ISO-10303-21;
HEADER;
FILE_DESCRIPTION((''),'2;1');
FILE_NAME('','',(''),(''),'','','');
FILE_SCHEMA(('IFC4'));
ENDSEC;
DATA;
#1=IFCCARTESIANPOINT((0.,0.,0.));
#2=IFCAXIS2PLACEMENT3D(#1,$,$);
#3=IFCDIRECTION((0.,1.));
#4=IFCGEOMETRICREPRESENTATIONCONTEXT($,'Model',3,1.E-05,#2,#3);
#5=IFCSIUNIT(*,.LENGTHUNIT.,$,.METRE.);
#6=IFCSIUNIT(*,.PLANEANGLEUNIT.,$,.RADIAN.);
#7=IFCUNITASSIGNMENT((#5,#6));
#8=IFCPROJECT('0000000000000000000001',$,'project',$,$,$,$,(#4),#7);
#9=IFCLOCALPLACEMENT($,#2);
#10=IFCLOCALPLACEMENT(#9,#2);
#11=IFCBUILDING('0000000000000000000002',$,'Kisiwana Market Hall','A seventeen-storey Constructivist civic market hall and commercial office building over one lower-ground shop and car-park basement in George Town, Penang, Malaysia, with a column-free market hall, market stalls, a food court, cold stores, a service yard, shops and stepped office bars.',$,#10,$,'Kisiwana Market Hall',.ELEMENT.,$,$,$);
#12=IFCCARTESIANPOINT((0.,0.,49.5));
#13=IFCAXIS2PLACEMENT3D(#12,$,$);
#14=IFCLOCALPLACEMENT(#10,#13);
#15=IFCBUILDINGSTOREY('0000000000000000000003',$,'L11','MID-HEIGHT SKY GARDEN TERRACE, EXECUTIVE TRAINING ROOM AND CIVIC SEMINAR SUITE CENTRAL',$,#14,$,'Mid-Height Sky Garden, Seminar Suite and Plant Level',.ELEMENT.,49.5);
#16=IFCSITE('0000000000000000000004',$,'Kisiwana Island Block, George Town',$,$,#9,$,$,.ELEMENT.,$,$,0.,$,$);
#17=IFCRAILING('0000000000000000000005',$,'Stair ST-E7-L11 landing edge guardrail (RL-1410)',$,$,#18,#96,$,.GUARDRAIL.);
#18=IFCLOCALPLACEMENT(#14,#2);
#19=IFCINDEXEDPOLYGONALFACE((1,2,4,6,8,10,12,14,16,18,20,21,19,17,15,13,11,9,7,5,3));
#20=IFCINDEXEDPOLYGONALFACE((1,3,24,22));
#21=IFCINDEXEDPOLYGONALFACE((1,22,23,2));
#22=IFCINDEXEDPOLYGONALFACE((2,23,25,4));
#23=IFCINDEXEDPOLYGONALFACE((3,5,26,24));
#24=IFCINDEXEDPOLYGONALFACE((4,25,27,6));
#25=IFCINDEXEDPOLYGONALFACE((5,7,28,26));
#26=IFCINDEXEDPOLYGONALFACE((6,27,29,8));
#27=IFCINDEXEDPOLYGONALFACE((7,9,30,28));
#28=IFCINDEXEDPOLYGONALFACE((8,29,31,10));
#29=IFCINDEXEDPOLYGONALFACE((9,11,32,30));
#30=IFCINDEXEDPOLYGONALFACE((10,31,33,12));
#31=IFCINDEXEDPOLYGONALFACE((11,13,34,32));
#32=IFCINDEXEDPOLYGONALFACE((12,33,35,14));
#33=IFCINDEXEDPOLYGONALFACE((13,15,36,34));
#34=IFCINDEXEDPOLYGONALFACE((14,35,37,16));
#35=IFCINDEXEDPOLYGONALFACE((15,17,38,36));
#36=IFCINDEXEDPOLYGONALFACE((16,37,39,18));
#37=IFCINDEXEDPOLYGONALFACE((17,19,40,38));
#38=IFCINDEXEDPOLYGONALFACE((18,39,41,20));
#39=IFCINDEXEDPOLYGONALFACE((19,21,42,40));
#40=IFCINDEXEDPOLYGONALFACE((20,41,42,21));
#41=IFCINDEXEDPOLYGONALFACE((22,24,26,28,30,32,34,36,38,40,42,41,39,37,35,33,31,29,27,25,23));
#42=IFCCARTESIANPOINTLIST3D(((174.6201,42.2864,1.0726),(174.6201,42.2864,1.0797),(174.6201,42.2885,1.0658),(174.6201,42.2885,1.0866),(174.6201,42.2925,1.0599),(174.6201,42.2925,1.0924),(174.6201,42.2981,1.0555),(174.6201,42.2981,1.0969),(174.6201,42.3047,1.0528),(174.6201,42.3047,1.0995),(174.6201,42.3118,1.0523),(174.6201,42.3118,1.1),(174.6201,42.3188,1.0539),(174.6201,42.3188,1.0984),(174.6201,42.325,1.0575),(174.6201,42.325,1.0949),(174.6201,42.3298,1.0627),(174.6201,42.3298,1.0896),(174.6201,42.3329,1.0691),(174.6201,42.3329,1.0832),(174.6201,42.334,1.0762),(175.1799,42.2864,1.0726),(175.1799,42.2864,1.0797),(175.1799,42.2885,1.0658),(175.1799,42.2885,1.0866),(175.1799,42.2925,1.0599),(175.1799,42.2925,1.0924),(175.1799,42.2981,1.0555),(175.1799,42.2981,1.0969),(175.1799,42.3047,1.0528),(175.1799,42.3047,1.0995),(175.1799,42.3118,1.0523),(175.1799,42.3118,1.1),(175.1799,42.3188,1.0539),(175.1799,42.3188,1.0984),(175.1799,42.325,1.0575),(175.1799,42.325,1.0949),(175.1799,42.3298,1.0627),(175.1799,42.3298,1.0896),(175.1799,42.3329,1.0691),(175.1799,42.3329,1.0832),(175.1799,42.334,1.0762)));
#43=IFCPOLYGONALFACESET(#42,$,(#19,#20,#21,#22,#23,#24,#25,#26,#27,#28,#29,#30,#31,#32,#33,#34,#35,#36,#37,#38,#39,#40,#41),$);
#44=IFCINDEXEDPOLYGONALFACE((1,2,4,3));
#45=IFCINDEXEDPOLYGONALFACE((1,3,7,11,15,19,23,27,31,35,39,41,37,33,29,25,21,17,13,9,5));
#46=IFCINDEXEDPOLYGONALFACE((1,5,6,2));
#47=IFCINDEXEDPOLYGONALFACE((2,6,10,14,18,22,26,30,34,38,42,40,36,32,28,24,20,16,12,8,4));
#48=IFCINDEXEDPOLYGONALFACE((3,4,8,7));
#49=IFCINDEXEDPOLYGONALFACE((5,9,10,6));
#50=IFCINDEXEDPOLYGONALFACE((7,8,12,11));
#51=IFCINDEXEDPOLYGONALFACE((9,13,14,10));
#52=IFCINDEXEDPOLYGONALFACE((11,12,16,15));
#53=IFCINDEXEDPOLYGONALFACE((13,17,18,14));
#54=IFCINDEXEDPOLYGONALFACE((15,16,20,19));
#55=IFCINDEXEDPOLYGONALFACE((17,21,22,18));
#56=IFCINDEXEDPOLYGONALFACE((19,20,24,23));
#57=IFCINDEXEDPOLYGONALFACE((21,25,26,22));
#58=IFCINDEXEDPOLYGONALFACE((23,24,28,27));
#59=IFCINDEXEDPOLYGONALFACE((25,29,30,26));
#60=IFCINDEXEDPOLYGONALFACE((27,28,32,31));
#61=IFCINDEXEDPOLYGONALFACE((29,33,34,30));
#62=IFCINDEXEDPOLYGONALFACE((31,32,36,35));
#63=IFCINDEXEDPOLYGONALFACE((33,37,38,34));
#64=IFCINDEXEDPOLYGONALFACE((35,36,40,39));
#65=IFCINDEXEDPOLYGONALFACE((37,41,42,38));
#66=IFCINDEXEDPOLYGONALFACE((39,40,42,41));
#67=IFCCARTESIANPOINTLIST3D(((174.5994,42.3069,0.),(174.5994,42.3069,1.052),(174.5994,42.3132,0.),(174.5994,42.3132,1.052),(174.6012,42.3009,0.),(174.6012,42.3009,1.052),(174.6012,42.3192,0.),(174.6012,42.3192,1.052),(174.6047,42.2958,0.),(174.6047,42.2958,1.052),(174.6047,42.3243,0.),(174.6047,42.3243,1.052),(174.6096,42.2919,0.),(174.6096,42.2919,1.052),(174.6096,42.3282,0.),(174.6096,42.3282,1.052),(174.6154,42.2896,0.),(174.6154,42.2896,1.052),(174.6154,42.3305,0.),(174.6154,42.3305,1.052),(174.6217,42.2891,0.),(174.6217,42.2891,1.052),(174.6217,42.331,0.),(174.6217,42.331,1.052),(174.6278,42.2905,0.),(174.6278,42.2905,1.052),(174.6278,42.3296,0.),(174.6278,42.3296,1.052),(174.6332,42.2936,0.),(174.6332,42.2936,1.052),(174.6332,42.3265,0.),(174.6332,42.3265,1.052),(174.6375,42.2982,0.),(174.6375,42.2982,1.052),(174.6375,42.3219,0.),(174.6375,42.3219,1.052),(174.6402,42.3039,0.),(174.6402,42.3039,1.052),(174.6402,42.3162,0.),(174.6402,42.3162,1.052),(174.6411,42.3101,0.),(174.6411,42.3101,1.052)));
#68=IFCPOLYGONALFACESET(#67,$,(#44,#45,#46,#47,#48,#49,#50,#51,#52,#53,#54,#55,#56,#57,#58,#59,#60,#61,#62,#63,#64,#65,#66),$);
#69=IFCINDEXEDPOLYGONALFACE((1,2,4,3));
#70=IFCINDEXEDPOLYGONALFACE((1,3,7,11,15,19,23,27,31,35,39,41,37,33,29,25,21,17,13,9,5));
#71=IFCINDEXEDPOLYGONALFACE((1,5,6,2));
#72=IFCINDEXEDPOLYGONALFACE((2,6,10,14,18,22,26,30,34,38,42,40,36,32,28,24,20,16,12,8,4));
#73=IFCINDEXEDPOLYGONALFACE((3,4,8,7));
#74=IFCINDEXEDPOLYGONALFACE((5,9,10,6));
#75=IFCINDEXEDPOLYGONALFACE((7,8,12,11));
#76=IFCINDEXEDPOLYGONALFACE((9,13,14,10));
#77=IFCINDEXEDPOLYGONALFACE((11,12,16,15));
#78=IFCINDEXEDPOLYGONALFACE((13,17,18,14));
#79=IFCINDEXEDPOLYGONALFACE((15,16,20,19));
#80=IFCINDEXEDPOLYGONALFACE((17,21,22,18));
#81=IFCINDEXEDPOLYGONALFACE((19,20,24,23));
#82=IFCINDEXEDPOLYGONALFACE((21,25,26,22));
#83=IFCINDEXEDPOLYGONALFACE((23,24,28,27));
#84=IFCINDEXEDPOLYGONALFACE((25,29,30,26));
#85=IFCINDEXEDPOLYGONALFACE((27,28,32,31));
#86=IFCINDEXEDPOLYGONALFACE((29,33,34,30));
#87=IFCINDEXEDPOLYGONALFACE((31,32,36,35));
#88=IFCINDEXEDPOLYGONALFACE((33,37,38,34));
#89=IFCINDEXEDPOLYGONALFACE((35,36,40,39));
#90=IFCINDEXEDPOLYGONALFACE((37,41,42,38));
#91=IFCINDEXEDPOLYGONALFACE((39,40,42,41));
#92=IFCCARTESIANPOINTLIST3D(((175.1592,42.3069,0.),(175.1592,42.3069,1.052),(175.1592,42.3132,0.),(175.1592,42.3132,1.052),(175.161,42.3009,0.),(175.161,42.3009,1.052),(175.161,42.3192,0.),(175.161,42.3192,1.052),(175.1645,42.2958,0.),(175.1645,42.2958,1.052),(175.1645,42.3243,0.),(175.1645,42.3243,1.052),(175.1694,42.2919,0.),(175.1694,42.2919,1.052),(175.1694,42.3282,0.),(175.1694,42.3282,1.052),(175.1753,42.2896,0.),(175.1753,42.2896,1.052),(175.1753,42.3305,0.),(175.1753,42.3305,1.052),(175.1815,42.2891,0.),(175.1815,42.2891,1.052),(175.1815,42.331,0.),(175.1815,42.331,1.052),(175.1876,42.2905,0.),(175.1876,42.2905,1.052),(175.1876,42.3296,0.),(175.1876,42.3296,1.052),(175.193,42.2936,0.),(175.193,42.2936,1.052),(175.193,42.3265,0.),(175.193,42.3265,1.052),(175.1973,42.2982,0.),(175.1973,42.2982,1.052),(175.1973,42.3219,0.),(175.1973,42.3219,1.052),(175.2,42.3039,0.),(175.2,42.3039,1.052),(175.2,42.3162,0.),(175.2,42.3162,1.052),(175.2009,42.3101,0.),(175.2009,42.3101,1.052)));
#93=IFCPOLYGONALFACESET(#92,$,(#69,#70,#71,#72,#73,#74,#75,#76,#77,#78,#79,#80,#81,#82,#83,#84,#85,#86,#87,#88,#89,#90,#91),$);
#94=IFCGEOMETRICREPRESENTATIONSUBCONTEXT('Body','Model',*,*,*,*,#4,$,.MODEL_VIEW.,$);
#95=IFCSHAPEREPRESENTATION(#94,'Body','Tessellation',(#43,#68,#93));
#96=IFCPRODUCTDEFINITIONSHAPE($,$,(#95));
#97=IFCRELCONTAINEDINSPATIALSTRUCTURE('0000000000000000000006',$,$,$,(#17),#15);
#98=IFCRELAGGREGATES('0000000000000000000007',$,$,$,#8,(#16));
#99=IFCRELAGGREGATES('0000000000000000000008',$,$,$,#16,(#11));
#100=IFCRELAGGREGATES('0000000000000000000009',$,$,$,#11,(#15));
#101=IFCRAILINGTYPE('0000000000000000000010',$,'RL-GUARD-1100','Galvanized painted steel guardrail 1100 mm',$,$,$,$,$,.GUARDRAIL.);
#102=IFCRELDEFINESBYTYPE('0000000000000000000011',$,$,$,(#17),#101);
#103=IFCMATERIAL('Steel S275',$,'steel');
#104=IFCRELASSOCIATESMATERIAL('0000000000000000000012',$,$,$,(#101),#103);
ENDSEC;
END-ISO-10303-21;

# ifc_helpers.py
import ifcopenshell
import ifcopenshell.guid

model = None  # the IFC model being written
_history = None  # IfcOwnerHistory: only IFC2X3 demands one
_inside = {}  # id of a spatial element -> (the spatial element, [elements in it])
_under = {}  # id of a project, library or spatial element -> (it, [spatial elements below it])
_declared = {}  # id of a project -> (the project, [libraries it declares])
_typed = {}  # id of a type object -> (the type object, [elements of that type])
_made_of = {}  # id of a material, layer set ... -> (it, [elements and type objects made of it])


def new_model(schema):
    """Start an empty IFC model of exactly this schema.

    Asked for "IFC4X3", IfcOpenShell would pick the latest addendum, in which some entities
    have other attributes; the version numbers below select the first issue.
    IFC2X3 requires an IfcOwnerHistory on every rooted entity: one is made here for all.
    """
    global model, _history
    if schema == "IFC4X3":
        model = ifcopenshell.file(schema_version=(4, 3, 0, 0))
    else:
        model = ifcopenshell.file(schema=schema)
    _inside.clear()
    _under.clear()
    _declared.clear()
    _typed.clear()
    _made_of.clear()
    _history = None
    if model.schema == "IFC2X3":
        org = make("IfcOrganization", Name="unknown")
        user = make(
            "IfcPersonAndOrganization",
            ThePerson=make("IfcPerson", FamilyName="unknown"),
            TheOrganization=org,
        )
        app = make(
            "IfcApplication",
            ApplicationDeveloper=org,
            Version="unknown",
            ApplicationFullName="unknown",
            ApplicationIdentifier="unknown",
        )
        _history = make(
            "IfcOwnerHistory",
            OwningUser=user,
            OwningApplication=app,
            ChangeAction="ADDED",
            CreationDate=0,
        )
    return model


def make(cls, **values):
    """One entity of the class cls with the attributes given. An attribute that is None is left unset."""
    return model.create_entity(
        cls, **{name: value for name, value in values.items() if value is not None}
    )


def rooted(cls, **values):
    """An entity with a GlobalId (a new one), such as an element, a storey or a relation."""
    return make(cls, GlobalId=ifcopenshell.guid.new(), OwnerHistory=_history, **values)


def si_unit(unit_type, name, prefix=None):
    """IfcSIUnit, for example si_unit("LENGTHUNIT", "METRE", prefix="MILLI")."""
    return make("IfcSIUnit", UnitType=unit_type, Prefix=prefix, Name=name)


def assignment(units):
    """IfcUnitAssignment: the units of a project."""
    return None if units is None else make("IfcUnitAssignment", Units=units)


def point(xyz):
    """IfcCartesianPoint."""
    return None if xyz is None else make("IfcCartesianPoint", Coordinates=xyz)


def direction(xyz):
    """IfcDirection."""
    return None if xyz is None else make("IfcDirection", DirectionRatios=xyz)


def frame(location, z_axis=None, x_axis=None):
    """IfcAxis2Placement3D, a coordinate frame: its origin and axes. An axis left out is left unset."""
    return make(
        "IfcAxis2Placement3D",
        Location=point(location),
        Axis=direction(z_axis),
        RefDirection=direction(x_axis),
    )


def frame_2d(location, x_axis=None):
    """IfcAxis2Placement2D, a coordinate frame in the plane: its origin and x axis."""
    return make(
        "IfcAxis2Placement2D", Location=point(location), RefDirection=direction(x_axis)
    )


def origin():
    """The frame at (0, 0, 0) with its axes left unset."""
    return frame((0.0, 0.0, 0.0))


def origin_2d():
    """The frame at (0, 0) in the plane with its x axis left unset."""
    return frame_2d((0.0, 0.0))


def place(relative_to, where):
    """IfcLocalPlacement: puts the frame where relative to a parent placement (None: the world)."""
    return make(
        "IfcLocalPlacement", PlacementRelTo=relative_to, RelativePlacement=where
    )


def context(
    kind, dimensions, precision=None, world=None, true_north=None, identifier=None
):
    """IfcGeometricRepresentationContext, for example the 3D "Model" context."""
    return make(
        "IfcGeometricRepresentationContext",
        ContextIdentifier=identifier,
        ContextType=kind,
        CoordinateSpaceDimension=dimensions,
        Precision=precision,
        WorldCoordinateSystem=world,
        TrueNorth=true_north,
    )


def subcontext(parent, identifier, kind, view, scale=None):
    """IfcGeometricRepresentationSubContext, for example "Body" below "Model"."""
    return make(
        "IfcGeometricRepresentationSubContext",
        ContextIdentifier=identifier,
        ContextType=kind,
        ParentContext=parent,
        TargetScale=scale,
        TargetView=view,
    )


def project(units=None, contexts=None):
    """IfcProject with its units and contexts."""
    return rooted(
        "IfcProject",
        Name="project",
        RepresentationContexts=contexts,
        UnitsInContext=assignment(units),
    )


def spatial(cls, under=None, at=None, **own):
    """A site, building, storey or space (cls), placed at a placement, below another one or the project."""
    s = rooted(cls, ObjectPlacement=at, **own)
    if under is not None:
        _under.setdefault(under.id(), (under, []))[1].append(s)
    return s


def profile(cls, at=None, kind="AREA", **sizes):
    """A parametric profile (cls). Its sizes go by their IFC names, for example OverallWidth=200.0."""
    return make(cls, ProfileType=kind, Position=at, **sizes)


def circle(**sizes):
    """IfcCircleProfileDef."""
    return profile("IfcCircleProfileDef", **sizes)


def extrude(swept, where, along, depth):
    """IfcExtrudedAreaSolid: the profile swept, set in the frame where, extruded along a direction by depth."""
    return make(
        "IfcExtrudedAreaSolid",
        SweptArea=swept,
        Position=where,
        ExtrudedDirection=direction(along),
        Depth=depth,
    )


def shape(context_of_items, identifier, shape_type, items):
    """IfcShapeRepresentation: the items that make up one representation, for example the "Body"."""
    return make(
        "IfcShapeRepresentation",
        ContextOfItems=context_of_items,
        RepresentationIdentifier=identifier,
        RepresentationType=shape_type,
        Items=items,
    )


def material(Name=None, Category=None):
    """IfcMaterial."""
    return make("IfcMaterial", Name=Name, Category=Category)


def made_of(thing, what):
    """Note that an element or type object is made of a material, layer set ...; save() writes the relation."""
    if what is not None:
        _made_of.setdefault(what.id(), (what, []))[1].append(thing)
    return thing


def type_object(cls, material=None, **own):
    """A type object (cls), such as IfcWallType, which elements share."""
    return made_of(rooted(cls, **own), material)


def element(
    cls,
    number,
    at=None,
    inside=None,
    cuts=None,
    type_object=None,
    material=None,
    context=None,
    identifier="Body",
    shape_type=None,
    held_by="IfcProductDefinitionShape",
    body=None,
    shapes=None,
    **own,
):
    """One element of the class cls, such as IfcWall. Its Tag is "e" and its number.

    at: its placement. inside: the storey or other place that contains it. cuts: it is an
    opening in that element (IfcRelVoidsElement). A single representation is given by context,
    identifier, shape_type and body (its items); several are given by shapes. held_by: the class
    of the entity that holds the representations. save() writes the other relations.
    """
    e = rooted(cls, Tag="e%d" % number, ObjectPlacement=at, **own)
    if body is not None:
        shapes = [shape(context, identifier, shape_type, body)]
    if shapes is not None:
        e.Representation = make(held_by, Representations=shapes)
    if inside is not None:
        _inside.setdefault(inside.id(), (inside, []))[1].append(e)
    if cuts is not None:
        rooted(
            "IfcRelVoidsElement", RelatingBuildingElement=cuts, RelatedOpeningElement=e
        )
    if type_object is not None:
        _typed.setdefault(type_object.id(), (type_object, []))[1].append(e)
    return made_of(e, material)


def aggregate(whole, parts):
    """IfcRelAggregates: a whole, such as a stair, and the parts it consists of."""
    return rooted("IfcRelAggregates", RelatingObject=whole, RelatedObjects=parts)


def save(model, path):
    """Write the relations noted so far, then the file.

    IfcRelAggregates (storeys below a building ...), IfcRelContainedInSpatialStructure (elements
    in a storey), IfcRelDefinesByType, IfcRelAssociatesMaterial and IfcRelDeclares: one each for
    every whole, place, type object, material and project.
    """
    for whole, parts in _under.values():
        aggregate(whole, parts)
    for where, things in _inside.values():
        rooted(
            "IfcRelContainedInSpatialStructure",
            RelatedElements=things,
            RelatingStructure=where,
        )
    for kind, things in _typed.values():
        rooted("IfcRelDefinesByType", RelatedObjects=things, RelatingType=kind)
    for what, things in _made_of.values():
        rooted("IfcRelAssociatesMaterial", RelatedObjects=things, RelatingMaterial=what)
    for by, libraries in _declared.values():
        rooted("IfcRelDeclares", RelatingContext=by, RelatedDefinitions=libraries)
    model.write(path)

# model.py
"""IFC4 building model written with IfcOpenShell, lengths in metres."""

from ifc_helpers import new_model, si_unit, direction, frame, origin, origin_2d, place, context, subcontext, project, spatial, circle, extrude, material, type_object, element, save


model = new_model("IFC4")

# Units and contexts
model_context = context("Model", 3, precision=1e-05, world=origin(), true_north=direction((0.0, 1.0)))
body_context = subcontext(model_context, "Body", "Model", "MODEL_VIEW")
ifc_project = project(units=[si_unit("LENGTHUNIT", "METRE"), si_unit("PLANEANGLEUNIT", "RADIAN")], contexts=[model_context])

# Site, building, storey
site_placement = place(None, origin())
site = spatial("IfcSite", under=ifc_project, at=site_placement, Name="Kisiwana Island Block, George Town", CompositionType="ELEMENT", RefElevation=0.0)
building_placement = place(site_placement, origin())
building = spatial("IfcBuilding", under=site, at=building_placement, Name="Kisiwana Market Hall", Description="A seventeen-storey Constructivist civic market hall and commercial office building over one lower-ground shop and car-park basement in George Town, Penang, Malaysia, with a column-free market hall, market stalls, a food court, cold stores, a service yard, shops and stepped office bars.", LongName="Kisiwana Market Hall", CompositionType="ELEMENT")
storey_placement = place(building_placement, frame((0.0, 0.0, 49.5)))
storey = spatial("IfcBuildingStorey", under=building, at=storey_placement, Name="L11", Description="MID-HEIGHT SKY GARDEN TERRACE, EXECUTIVE TRAINING ROOM AND CIVIC SEMINAR SUITE CENTRAL", LongName="Mid-Height Sky Garden, Seminar Suite and Plant Level", CompositionType="ELEMENT", Elevation=49.5)

# Railing
ifc_material_1 = material(Name="Steel S275", Category="steel")
railing_type = type_object("IfcRailingType", Name="RL-GUARD-1100", Description="Galvanized painted steel guardrail 1100 mm", PredefinedType="GUARDRAIL", material=ifc_material_1)
railing_placement = place(storey_placement, frame((174.6201, 42.3101, 0.0)))
element("IfcRailing", 1, at=railing_placement, inside=storey, type_object=railing_type, Name="Stair ST-E7-L11 landing edge guardrail (RL-1410)", PredefinedType="GUARDRAIL", context=body_context, shape_type="SweptSolid", body=[
    extrude(circle(Radius=0.0239, at=origin_2d()), frame((0.0, 0.0, 1.0762), z_axis=(1.0, 0.0, 0.0), x_axis=(0.0, 1.0, 0.0)), (0.0, 0.0, 1.0), 0.5598),
    extrude(circle(Radius=0.021, at=origin_2d()), origin(), (0.0, 0.0, 1.0), 1.052),
    extrude(circle(Radius=0.021, at=origin_2d()), frame((0.5598, 0.0, 0.0)), (0.0, 0.0, 1.0), 1.052),
])

save(model, "model.ifc")
